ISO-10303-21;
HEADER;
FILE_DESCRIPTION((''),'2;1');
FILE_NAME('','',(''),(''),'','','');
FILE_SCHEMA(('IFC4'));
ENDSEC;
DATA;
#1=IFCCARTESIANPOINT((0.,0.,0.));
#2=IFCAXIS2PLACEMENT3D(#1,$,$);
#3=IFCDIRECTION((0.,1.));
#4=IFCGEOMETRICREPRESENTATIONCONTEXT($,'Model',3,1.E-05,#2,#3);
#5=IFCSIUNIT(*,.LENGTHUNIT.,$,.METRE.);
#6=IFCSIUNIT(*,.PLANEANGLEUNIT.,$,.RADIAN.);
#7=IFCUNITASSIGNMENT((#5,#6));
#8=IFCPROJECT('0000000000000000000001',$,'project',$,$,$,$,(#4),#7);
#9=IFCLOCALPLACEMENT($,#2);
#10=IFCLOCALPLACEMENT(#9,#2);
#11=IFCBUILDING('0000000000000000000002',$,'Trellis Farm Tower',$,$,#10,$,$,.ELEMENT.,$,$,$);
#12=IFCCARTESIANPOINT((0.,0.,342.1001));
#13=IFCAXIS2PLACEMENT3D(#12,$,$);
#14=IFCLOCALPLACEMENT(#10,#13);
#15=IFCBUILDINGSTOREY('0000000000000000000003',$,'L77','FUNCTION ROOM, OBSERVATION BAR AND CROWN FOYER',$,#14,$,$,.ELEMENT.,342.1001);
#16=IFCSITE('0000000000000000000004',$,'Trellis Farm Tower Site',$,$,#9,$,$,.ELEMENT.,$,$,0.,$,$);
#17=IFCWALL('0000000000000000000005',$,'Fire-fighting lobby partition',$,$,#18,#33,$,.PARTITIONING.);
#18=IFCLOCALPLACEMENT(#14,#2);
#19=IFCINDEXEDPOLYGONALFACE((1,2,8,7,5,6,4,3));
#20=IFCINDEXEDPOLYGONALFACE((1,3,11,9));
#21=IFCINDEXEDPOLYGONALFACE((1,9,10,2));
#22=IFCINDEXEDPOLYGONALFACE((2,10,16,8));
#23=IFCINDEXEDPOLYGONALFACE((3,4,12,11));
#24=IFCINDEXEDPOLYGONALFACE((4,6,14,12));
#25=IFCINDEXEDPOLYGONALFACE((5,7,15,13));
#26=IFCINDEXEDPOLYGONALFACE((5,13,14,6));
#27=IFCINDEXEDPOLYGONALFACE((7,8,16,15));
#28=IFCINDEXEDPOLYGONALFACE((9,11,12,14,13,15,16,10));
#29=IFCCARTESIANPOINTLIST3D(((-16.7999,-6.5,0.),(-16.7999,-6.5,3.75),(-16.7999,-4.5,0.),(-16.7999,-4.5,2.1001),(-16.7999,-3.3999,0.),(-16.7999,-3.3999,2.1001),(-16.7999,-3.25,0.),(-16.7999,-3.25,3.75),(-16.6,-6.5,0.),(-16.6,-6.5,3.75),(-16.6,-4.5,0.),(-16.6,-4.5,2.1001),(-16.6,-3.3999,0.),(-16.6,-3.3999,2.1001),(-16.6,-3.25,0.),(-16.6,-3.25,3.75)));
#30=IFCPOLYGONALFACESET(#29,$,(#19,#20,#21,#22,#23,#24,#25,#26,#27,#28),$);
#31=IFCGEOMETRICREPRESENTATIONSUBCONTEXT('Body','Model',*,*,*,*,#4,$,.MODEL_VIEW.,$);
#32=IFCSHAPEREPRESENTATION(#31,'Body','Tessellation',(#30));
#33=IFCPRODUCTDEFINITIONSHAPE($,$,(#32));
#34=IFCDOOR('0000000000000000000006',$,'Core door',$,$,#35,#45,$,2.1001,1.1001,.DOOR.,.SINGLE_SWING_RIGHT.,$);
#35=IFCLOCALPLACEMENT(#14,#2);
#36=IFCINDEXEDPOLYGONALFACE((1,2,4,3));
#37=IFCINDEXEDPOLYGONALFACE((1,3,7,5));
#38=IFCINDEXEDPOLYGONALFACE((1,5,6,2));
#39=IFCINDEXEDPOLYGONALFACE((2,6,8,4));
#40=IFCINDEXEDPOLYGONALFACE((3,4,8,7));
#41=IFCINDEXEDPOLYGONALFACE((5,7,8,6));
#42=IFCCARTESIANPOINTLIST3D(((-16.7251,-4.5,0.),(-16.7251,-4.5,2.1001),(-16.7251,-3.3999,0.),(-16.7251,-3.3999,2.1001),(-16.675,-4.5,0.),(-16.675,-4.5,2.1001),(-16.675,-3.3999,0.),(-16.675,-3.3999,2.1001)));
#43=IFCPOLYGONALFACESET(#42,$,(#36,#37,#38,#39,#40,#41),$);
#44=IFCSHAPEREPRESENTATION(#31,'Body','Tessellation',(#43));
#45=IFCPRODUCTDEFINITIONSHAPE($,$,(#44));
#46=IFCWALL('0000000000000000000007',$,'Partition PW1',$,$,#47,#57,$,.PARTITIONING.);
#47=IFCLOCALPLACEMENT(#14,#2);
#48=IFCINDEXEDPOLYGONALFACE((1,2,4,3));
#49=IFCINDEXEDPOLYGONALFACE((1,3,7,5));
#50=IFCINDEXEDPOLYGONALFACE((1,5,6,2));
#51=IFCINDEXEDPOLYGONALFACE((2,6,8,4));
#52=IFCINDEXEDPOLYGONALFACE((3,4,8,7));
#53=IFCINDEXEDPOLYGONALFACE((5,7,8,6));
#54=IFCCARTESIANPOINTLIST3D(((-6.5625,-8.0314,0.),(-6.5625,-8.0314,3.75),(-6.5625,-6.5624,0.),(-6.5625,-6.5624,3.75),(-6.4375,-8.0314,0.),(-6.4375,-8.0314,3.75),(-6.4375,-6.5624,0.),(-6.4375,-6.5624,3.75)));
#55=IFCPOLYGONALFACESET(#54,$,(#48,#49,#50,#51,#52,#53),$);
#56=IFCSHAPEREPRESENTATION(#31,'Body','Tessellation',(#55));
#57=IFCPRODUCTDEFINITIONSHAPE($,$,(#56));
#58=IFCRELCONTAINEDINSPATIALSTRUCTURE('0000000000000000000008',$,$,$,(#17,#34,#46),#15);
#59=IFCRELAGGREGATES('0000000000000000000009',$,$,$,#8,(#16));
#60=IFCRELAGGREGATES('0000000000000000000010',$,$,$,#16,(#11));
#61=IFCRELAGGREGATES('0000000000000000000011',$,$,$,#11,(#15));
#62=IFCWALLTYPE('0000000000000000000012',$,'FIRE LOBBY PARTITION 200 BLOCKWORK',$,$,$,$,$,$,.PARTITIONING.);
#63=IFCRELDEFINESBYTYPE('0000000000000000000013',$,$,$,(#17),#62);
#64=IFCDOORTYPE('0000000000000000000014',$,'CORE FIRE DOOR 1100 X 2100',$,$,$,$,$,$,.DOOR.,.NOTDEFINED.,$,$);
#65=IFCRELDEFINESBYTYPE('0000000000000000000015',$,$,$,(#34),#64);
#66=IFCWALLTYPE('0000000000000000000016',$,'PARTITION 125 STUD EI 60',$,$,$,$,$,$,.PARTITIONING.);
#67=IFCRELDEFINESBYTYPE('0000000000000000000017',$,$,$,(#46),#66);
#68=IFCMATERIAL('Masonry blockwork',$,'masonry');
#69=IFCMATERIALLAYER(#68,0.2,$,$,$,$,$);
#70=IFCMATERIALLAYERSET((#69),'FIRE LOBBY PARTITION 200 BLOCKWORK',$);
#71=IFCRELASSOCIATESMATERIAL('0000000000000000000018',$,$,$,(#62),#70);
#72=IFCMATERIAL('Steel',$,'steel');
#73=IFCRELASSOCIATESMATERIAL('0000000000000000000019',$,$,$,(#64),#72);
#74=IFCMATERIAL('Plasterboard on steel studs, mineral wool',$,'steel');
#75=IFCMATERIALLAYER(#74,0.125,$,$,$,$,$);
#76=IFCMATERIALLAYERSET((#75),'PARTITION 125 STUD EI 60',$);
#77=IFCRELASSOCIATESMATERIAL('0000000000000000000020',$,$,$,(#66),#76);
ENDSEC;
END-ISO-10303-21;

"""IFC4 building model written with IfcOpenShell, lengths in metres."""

from ifc_helpers import new_model, si_unit, direction, frame, frame_2d, origin, place, context, subcontext, project, spatial, rectangle, extrude, source, transform, mapped, material, layer, layer_set, type_object, element, fill, save


model = new_model("IFC4")

# Units and contexts
model_context = context("Model", 3, precision=1e-05, world=origin(), true_north=direction((0.0, 1.0)))
body_context = subcontext(model_context, "Body", "Model", "MODEL_VIEW")
ifc_project = project(units=[si_unit("LENGTHUNIT", "METRE"), si_unit("PLANEANGLEUNIT", "RADIAN")], contexts=[model_context])

# Site, building, storey
site_placement = place(None, origin())
site = spatial("IfcSite", under=ifc_project, at=site_placement, Name="Trellis Farm Tower Site", CompositionType="ELEMENT", RefElevation=0.0)
building_placement = place(site_placement, origin())
building = spatial("IfcBuilding", under=site, at=building_placement, Name="Trellis Farm Tower", CompositionType="ELEMENT")
storey_placement = place(building_placement, frame((0.0, 0.0, 342.1001)))
storey = spatial("IfcBuildingStorey", under=building, at=storey_placement, Name="L77", Description="FUNCTION ROOM, OBSERVATION BAR AND CROWN FOYER", CompositionType="ELEMENT", Elevation=342.1001)

# Shared definitions
ifc_material_1 = material(Name="Masonry blockwork", Category="masonry")

# Shared definitions
ifc_material_2 = material(Name="Steel", Category="steel")

# Wall, opening, door
ifc_layer_1 = layer(ifc_material_1, 0.2)
ifc_layer_set_1 = layer_set([ifc_layer_1], Name="FIRE LOBBY PARTITION 200 BLOCKWORK")
wall_type_1 = type_object("IfcWallType", Name="FIRE LOBBY PARTITION 200 BLOCKWORK", PredefinedType="PARTITIONING", material=ifc_layer_set_1)
shared_shape_1 = source(origin(), body_context, "Body", "SweptSolid", [
    extrude(rectangle(XDim=3.25, YDim=0.2, at=frame_2d((1.625, 0.0))), origin(), (0.0, 0.0, 1.0), 3.75),
])
wall_1_placement = place(storey_placement, frame((-16.7, -3.25, 0.0), z_axis=(0.0, 0.0, 1.0), x_axis=(0.0, -1.0, 0.0)))
wall_1 = element("IfcWall", 1, at=wall_1_placement, inside=storey, type_object=wall_type_1, Name="Fire-fighting lobby partition", PredefinedType="PARTITIONING", context=body_context, shape_type="MappedRepresentation", body=[
    mapped(shared_shape_1, transform((0.0, 0.0, 0.0))),
])
shared_shape_2 = source(origin(), body_context, "Body", "SweptSolid", [
    extrude(rectangle(XDim=1.1001, YDim=2.1001, at=frame_2d((0.55, 1.05))), frame((0.0, 0.1101, 0.0), z_axis=(0.0, -1.0, 0.0), x_axis=(1.0, 0.0, 0.0)), (0.0, 0.0, 1.0), 0.2202),
])
opening_1_placement = place(wall_1_placement, frame((0.1499, 0.0, 0.0)))
opening_1 = element("IfcOpeningElement", 2, at=opening_1_placement, cuts=wall_1, PredefinedType="OPENING", context=body_context, shape_type="MappedRepresentation", body=[
    mapped(shared_shape_2, transform((0.0, 0.0, 0.0))),
])
door_type_1 = type_object("IfcDoorType", Name="CORE FIRE DOOR 1100 X 2100", OperationType="NOTDEFINED", PredefinedType="DOOR", material=ifc_material_2)
shared_shape_3 = source(origin(), body_context, "Body", "SweptSolid", [
    extrude(rectangle(XDim=1.1001, YDim=2.1001, at=frame_2d((0.55, 1.05))), frame((0.0, 0.0249, 0.0), z_axis=(0.0, -1.0, 0.0), x_axis=(1.0, 0.0, 0.0)), (0.0, 0.0, 1.0), 0.05),
])
door_1_placement = place(opening_1_placement, origin())
door_1 = element("IfcDoor", 3, at=door_1_placement, inside=storey, type_object=door_type_1, Name="Core door", OperationType="SINGLE_SWING_RIGHT", OverallHeight=2.1001, OverallWidth=1.1001, PredefinedType="DOOR", context=body_context, shape_type="MappedRepresentation", body=[
    mapped(shared_shape_3, transform((0.0, 0.0, 0.0))),
])
fill(opening_1, door_1)

# Wall
ifc_material_3 = material(Name="Plasterboard on steel studs, mineral wool", Category="steel")
ifc_layer_2 = layer(ifc_material_3, 0.125)
ifc_layer_set_2 = layer_set([ifc_layer_2], Name="PARTITION 125 STUD EI 60")
wall_type_2 = type_object("IfcWallType", Name="PARTITION 125 STUD EI 60", PredefinedType="PARTITIONING", material=ifc_layer_set_2)
shared_shape_4 = source(origin(), body_context, "Body", "SweptSolid", [
    extrude(rectangle(XDim=1.469, YDim=0.125, at=frame_2d((0.7344, 0.0))), origin(), (0.0, 0.0, 1.0), 3.75),
])
wall_2_placement = place(storey_placement, frame((-6.5, -6.5625, 0.0), z_axis=(0.0, 0.0, 1.0), x_axis=(0.0, -1.0, 0.0)))
element("IfcWall", 4, at=wall_2_placement, inside=storey, type_object=wall_type_2, Name="Partition PW1", PredefinedType="PARTITIONING", context=body_context, shape_type="MappedRepresentation", body=[
    mapped(shared_shape_4, transform((0.0, 0.0, 0.0))),
])

save(model, "model.ifc")
